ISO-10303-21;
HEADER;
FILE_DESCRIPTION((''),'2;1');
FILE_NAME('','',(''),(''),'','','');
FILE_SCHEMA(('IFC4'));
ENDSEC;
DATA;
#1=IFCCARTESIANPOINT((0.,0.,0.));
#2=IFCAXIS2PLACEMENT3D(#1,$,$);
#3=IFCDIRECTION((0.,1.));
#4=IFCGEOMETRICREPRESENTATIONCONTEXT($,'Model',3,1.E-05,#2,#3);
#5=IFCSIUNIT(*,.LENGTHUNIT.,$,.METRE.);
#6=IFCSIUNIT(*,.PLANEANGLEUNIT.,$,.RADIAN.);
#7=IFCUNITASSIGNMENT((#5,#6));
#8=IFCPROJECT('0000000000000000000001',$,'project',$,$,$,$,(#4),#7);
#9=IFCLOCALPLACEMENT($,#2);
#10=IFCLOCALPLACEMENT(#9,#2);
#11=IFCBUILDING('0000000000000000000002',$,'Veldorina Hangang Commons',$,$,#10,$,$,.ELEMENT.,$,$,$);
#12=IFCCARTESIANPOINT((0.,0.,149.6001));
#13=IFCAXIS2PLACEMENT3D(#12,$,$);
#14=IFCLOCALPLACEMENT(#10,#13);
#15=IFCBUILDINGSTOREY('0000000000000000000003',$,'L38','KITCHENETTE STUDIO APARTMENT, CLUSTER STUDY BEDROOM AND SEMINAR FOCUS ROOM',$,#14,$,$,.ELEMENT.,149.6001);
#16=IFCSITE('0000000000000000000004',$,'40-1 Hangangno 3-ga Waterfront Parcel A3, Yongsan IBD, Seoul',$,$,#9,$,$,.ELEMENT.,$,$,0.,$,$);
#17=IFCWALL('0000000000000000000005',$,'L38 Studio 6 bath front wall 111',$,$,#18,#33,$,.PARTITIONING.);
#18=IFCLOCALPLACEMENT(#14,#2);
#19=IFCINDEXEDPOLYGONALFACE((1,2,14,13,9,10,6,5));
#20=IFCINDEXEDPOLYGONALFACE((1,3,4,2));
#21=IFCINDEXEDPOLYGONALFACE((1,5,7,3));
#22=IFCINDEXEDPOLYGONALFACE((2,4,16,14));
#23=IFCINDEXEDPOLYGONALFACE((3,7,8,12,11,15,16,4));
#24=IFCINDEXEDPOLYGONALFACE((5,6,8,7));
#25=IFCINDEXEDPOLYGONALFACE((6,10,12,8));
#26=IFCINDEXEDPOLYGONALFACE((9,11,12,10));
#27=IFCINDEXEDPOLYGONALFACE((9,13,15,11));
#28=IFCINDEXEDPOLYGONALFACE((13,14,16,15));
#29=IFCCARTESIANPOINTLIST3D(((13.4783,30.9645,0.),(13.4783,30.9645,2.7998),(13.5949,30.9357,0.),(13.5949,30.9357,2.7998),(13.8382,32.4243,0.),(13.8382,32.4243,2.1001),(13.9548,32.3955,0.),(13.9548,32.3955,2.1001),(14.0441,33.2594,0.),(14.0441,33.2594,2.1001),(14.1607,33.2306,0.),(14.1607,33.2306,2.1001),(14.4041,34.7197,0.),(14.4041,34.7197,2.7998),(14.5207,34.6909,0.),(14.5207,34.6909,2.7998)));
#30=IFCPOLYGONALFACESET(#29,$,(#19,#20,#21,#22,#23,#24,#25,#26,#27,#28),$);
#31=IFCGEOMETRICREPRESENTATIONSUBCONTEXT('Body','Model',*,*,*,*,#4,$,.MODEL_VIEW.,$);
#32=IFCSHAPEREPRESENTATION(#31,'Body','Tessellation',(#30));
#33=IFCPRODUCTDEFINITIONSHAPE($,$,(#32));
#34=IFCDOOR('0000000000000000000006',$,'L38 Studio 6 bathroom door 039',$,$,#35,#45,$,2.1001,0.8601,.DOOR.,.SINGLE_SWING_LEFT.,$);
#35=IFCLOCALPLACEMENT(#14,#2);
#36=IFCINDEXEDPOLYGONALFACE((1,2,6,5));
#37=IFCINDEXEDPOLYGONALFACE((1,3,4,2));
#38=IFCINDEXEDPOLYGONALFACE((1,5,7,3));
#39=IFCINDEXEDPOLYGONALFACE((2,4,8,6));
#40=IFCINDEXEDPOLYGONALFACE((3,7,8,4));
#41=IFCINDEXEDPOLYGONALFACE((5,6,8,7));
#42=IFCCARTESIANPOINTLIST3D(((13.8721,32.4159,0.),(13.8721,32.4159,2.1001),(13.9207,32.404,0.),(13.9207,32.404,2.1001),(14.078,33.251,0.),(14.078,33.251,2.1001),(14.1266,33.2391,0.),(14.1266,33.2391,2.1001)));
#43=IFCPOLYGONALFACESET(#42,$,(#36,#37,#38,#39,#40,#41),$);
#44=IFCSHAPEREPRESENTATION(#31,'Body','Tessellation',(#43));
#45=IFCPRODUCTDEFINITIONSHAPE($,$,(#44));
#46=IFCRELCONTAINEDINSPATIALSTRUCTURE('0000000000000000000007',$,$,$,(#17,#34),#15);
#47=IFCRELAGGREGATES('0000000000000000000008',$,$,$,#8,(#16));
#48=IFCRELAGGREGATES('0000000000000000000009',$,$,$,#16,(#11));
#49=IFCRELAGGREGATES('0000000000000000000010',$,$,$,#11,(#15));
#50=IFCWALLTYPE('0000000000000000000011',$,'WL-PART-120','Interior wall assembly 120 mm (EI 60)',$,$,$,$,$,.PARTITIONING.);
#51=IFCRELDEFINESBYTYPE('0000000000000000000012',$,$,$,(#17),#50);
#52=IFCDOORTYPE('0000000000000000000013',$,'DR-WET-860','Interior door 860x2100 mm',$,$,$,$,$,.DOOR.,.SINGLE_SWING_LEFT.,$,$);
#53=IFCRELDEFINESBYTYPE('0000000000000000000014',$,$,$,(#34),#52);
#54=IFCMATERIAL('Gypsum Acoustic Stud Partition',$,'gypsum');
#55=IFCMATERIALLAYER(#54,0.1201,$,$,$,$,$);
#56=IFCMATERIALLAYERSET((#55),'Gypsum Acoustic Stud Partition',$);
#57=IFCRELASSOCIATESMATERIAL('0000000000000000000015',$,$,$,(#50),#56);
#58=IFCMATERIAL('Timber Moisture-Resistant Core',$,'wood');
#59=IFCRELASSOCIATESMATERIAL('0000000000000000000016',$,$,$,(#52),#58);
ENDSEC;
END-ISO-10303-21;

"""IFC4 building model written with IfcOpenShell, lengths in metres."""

from ifc_helpers import new_model, si_unit, direction, frame, frame_2d, origin, place, context, subcontext, project, spatial, rectangle, extrude, material, layer, layer_set, type_object, element, fill, save


model = new_model("IFC4")

# Units and contexts
model_context = context("Model", 3, precision=1e-05, world=origin(), true_north=direction((0.0, 1.0)))
body_context = subcontext(model_context, "Body", "Model", "MODEL_VIEW")
ifc_project = project(units=[si_unit("LENGTHUNIT", "METRE"), si_unit("PLANEANGLEUNIT", "RADIAN")], contexts=[model_context])

# Site, building, storey
site_placement = place(None, origin())
site = spatial("IfcSite", under=ifc_project, at=site_placement, Name="40-1 Hangangno 3-ga Waterfront Parcel A3, Yongsan IBD, Seoul", CompositionType="ELEMENT", RefElevation=0.0)
building_placement = place(site_placement, origin())
building = spatial("IfcBuilding", under=site, at=building_placement, Name="Veldorina Hangang Commons", CompositionType="ELEMENT")
storey_placement = place(building_placement, frame((0.0, 0.0, 149.6001)))
storey = spatial("IfcBuildingStorey", under=building, at=storey_placement, Name="L38", Description="KITCHENETTE STUDIO APARTMENT, CLUSTER STUDY BEDROOM AND SEMINAR FOCUS ROOM", CompositionType="ELEMENT", Elevation=149.6001)

# Wall, opening, door
ifc_material_1 = material(Name="Gypsum Acoustic Stud Partition", Category="gypsum")
ifc_layer_1 = layer(ifc_material_1, 0.1201)
ifc_layer_set_1 = layer_set([ifc_layer_1], Name="Gypsum Acoustic Stud Partition")
wall_type_1 = type_object("IfcWallType", Name="WL-PART-120", Description="Interior wall assembly 120 mm (EI 60)", PredefinedType="PARTITIONING", material=ifc_layer_set_1)
wall_1_placement = place(storey_placement, frame((14.4624, 34.7053, 0.0), z_axis=(0.0, 0.0, 1.0), x_axis=(-0.239371, -0.970928, 0.0)))
wall_1 = element("IfcWall", 1, at=wall_1_placement, inside=storey, type_object=wall_type_1, Name="L38 Studio 6 bath front wall 111", PredefinedType="PARTITIONING", context=body_context, shape_type="SweptSolid", body=[
    extrude(rectangle(XDim=3.8677, YDim=0.1201, at=frame_2d((1.9338, 0.0))), origin(), (0.0, 0.0, 1.0), 2.7998),
])
opening_1_placement = place(wall_1_placement, frame((1.5039, 0.0, 0.0)))
opening_1 = element("IfcOpeningElement", 2, at=opening_1_placement, cuts=wall_1, PredefinedType="OPENING", context=body_context, shape_type="SweptSolid", body=[
    extrude(rectangle(XDim=0.8601, YDim=2.1001, at=frame_2d((0.4302, 1.05))), frame((0.0, 0.0701, 0.0), z_axis=(0.0, -1.0, 0.0), x_axis=(1.0, 0.0, 0.0)), (0.0, 0.0, 1.0), 0.1401),
])
ifc_material_2 = material(Name="Timber Moisture-Resistant Core", Category="wood")
door_type = type_object("IfcDoorType", Name="DR-WET-860", Description="Interior door 860x2100 mm", OperationType="SINGLE_SWING_LEFT", PredefinedType="DOOR", material=ifc_material_2)
door_placement = place(opening_1_placement, origin())
door = element("IfcDoor", 3, at=door_placement, inside=storey, type_object=door_type, Name="L38 Studio 6 bathroom door 039", OperationType="SINGLE_SWING_LEFT", OverallHeight=2.1001, OverallWidth=0.8601, PredefinedType="DOOR", context=body_context, shape_type="SweptSolid", body=[
    extrude(rectangle(XDim=0.8601, YDim=2.1001, at=frame_2d((0.4302, 1.05))), frame((0.0, 0.0249, 0.0), z_axis=(0.0, -1.0, 0.0), x_axis=(1.0, 0.0, 0.0)), (0.0, 0.0, 1.0), 0.05),
])
fill(opening_1, door)

save(model, "model.ifc")
